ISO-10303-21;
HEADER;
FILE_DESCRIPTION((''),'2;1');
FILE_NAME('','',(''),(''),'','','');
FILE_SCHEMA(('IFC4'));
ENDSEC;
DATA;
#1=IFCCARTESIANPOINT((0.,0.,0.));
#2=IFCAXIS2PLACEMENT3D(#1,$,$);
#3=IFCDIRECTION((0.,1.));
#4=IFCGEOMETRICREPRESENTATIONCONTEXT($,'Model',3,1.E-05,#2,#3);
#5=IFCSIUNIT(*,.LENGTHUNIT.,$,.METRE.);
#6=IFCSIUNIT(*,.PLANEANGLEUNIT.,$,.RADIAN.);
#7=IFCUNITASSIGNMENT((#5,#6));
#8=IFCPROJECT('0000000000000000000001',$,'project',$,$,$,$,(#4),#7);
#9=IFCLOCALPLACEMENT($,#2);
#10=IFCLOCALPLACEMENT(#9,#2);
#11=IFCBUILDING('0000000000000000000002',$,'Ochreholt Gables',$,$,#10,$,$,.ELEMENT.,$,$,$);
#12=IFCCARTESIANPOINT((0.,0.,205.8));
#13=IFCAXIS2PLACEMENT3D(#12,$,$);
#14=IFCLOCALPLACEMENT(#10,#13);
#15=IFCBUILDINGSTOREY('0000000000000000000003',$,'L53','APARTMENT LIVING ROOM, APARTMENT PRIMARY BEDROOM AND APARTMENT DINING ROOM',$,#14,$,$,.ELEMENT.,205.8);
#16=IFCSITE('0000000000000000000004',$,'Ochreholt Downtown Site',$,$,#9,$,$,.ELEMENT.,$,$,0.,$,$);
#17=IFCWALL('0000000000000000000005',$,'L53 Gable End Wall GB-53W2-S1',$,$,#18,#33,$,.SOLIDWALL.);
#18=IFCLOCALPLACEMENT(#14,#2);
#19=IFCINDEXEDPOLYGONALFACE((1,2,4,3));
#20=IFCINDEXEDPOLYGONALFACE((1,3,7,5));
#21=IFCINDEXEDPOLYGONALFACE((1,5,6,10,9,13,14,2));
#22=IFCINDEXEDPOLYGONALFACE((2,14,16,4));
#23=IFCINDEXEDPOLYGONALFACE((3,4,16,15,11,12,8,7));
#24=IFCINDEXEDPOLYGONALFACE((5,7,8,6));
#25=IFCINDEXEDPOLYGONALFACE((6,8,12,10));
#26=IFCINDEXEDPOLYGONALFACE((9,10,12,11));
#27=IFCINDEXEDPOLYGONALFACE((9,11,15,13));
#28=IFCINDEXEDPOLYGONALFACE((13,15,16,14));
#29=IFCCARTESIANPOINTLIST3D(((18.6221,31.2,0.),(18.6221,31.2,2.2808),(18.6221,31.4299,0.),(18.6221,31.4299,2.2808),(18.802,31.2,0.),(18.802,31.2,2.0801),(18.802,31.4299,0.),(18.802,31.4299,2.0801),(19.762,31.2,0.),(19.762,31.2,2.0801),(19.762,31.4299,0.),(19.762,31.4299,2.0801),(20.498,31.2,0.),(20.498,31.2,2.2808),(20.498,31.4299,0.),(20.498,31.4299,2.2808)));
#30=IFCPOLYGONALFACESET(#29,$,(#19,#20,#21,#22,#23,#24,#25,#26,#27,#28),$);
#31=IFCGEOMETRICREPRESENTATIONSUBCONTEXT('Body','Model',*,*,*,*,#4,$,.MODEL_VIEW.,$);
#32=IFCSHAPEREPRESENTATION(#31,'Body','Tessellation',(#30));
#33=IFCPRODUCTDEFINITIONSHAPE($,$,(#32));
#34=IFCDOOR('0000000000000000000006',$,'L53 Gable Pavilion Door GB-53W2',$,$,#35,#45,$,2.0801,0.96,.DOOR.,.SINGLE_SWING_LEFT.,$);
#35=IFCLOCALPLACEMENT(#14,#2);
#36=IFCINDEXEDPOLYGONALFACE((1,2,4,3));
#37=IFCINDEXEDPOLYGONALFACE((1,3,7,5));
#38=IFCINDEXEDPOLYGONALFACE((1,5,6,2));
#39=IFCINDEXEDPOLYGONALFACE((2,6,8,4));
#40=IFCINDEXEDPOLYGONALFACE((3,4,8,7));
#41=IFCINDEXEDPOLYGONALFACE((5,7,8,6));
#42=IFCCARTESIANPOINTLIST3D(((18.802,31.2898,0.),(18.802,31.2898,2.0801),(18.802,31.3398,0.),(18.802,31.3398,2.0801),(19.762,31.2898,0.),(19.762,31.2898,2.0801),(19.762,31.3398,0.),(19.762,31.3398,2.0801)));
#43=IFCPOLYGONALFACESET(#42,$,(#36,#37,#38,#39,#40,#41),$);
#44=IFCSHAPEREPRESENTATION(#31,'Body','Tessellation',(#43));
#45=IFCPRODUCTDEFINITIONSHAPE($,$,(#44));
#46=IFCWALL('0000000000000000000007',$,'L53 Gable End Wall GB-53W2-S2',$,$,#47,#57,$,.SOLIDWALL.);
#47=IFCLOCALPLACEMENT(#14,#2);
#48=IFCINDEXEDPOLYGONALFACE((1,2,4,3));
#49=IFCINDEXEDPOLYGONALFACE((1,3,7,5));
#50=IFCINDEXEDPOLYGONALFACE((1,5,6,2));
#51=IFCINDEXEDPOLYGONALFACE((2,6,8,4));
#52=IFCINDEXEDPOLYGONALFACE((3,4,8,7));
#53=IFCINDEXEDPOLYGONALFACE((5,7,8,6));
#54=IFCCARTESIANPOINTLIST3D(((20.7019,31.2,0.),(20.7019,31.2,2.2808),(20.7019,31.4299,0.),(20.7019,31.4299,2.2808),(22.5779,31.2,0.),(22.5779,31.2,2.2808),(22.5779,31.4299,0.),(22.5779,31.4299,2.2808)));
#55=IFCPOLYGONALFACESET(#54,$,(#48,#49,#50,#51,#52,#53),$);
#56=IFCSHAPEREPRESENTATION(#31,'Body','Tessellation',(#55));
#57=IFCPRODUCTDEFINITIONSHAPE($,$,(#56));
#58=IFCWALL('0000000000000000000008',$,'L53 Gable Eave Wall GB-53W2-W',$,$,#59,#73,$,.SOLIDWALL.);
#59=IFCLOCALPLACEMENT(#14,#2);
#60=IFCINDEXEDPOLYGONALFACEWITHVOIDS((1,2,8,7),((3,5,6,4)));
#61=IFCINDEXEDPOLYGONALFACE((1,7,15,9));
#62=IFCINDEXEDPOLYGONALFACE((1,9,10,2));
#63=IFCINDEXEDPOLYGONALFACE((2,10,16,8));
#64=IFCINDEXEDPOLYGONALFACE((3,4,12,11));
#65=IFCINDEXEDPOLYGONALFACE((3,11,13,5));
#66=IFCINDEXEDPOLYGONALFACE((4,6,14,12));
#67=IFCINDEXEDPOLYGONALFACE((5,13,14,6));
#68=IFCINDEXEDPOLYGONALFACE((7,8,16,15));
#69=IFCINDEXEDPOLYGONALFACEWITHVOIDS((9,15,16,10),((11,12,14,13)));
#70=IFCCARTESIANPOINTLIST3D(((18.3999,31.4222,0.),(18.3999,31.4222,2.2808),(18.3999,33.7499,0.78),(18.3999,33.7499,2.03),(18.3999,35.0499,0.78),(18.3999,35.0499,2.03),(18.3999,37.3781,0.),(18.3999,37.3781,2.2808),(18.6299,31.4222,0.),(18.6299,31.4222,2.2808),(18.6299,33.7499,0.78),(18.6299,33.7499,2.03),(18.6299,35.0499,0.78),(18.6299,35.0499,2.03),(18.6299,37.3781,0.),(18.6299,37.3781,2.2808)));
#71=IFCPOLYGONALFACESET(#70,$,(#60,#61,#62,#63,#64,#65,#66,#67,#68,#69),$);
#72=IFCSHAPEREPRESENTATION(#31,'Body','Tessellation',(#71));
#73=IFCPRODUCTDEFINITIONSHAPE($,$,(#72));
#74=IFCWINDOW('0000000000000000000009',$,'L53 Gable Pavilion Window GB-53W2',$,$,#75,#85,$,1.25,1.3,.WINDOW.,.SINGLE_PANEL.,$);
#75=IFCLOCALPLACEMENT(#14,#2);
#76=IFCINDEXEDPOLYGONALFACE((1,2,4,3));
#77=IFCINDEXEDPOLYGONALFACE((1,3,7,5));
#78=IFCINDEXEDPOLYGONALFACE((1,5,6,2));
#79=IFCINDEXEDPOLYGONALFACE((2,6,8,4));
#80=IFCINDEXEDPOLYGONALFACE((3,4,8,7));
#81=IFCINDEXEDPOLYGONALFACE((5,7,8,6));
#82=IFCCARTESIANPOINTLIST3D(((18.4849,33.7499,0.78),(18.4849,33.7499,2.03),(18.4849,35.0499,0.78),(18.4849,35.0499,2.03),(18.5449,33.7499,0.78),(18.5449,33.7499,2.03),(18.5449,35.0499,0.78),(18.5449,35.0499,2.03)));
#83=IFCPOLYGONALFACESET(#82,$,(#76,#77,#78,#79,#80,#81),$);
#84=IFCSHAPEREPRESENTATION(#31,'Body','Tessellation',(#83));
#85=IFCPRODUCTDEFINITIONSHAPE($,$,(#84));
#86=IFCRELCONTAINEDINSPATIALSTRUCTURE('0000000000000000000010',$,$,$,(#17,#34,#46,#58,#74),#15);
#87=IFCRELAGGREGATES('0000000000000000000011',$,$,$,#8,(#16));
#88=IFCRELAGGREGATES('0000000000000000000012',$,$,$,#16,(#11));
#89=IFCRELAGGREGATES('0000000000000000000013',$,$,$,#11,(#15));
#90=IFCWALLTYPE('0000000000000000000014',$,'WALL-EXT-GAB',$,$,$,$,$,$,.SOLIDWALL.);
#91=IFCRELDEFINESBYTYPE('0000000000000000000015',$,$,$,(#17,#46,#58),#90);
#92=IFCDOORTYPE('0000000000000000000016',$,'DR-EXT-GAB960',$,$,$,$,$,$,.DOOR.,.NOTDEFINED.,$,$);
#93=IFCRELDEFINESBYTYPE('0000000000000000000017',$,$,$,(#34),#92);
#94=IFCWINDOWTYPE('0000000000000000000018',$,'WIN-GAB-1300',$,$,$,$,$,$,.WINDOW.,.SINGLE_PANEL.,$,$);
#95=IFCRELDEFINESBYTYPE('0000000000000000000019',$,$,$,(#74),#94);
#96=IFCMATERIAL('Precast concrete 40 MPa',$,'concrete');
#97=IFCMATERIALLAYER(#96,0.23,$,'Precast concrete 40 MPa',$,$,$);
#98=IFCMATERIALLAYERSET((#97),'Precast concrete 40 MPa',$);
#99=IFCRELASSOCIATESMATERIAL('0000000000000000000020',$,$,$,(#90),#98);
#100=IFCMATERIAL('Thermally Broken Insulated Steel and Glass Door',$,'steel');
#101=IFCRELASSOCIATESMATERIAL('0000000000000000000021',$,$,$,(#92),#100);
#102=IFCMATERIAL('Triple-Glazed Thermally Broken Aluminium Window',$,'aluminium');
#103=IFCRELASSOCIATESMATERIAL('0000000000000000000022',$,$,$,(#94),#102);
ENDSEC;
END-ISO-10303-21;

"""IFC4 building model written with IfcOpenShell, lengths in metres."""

from ifc_helpers import new_model, si_unit, direction, frame, frame_2d, origin, place, context, subcontext, project, spatial, rectangle, extrude, material, layer, layer_set, type_object, element, fill, save


model = new_model("IFC4")

# Units and contexts
model_context = context("Model", 3, precision=1e-05, world=origin(), true_north=direction((0.0, 1.0)))
body_context = subcontext(model_context, "Body", "Model", "MODEL_VIEW")
ifc_project = project(units=[si_unit("LENGTHUNIT", "METRE"), si_unit("PLANEANGLEUNIT", "RADIAN")], contexts=[model_context])

# Site, building, storey
site_placement = place(None, origin())
site = spatial("IfcSite", under=ifc_project, at=site_placement, Name="Ochreholt Downtown Site", CompositionType="ELEMENT", RefElevation=0.0)
building_placement = place(site_placement, origin())
building = spatial("IfcBuilding", under=site, at=building_placement, Name="Ochreholt Gables", CompositionType="ELEMENT")
storey_placement = place(building_placement, frame((0.0, 0.0, 205.8)))
storey = spatial("IfcBuildingStorey", under=building, at=storey_placement, Name="L53", Description="APARTMENT LIVING ROOM, APARTMENT PRIMARY BEDROOM AND APARTMENT DINING ROOM", CompositionType="ELEMENT", Elevation=205.8)

# Shared definitions
ifc_material_1 = material(Name="Precast concrete 40 MPa", Category="concrete")

# Wall, opening, door
ifc_layer_1 = layer(ifc_material_1, 0.23, Name="Precast concrete 40 MPa")
ifc_layer_set_1 = layer_set([ifc_layer_1], Name="Precast concrete 40 MPa")
wall_type_1 = type_object("IfcWallType", Name="WALL-EXT-GAB", PredefinedType="SOLIDWALL", material=ifc_layer_set_1)
wall_1_placement = place(storey_placement, frame((18.6221, 31.3149, 0.0), z_axis=(0.0, 0.0, 1.0), x_axis=(1.0, 0.0, 0.0)))
wall_1 = element("IfcWall", 1, at=wall_1_placement, inside=storey, type_object=wall_type_1, Name="L53 Gable End Wall GB-53W2-S1", PredefinedType="SOLIDWALL", context=body_context, shape_type="SweptSolid", body=[
    extrude(rectangle(XDim=1.876, YDim=0.23, at=frame_2d((0.938, 0.0))), origin(), (0.0, 0.0, 1.0), 2.2808),
])
opening_1_placement = place(wall_1_placement, frame((0.1799, 0.0, 0.0)))
opening_1 = element("IfcOpeningElement", 2, at=opening_1_placement, cuts=wall_1, PredefinedType="OPENING", context=body_context, shape_type="SweptSolid", body=[
    extrude(rectangle(XDim=0.96, YDim=2.0801, at=frame_2d((0.48, 1.04))), frame((0.0, 0.125, 0.0), z_axis=(0.0, -1.0, 0.0), x_axis=(1.0, 0.0, 0.0)), (0.0, 0.0, 1.0), 0.25),
])
ifc_material_2 = material(Name="Thermally Broken Insulated Steel and Glass Door", Category="steel")
door_type_1 = type_object("IfcDoorType", Name="DR-EXT-GAB960", OperationType="NOTDEFINED", PredefinedType="DOOR", material=ifc_material_2)
door_1_placement = place(opening_1_placement, origin())
door_1 = element("IfcDoor", 3, at=door_1_placement, inside=storey, type_object=door_type_1, Name="L53 Gable Pavilion Door GB-53W2", OperationType="SINGLE_SWING_LEFT", OverallHeight=2.0801, OverallWidth=0.96, PredefinedType="DOOR", context=body_context, shape_type="SweptSolid", body=[
    extrude(rectangle(XDim=0.96, YDim=2.0801, at=frame_2d((0.48, 1.04))), frame((0.0, 0.0249, 0.0), z_axis=(0.0, -1.0, 0.0), x_axis=(1.0, 0.0, 0.0)), (0.0, 0.0, 1.0), 0.05),
])
fill(opening_1, door_1)

# Wall
wall_2_placement = place(storey_placement, frame((20.7019, 31.3149, 0.0), z_axis=(0.0, 0.0, 1.0), x_axis=(1.0, 0.0, 0.0)))
element("IfcWall", 4, at=wall_2_placement, inside=storey, type_object=wall_type_1, Name="L53 Gable End Wall GB-53W2-S2", PredefinedType="SOLIDWALL", context=body_context, shape_type="SweptSolid", body=[
    extrude(rectangle(XDim=1.876, YDim=0.23, at=frame_2d((0.938, 0.0))), origin(), (0.0, 0.0, 1.0), 2.2808),
])

# Wall, opening, window
wall_3_placement = place(storey_placement, frame((18.5149, 31.4221, 0.0), z_axis=(0.0, 0.0, 1.0), x_axis=(0.0, 1.0, 0.0)))
wall_3 = element("IfcWall", 5, at=wall_3_placement, inside=storey, type_object=wall_type_1, Name="L53 Gable Eave Wall GB-53W2-W", PredefinedType="SOLIDWALL", context=body_context, shape_type="SweptSolid", body=[
    extrude(rectangle(XDim=5.9558, YDim=0.23, at=frame_2d((2.978, 0.0))), origin(), (0.0, 0.0, 1.0), 2.2808),
])
opening_2_placement = place(wall_3_placement, frame((2.3279, 0.0, 0.78)))
opening_2 = element("IfcOpeningElement", 6, at=opening_2_placement, cuts=wall_3, PredefinedType="OPENING", context=body_context, shape_type="SweptSolid", body=[
    extrude(rectangle(XDim=1.3, YDim=1.25, at=frame_2d((0.6499, 0.625))), frame((0.0, 0.125, 0.0), z_axis=(0.0, -1.0, 0.0), x_axis=(1.0, 0.0, 0.0)), (0.0, 0.0, 1.0), 0.25),
])
ifc_material_3 = material(Name="Triple-Glazed Thermally Broken Aluminium Window", Category="aluminium")
window_type = type_object("IfcWindowType", Name="WIN-GAB-1300", PartitioningType="SINGLE_PANEL", PredefinedType="WINDOW", material=ifc_material_3)
window_placement = place(opening_2_placement, origin())
window = element("IfcWindow", 7, at=window_placement, inside=storey, type_object=window_type, Name="L53 Gable Pavilion Window GB-53W2", OverallHeight=1.25, OverallWidth=1.3, PartitioningType="SINGLE_PANEL", PredefinedType="WINDOW", context=body_context, shape_type="SweptSolid", body=[
    extrude(rectangle(XDim=1.3, YDim=1.25, at=frame_2d((0.6499, 0.625))), frame((0.0, 0.03, 0.0), z_axis=(0.0, -1.0, 0.0), x_axis=(1.0, 0.0, 0.0)), (0.0, 0.0, 1.0), 0.0601),
])
fill(opening_2, window)

save(model, "model.ifc")
